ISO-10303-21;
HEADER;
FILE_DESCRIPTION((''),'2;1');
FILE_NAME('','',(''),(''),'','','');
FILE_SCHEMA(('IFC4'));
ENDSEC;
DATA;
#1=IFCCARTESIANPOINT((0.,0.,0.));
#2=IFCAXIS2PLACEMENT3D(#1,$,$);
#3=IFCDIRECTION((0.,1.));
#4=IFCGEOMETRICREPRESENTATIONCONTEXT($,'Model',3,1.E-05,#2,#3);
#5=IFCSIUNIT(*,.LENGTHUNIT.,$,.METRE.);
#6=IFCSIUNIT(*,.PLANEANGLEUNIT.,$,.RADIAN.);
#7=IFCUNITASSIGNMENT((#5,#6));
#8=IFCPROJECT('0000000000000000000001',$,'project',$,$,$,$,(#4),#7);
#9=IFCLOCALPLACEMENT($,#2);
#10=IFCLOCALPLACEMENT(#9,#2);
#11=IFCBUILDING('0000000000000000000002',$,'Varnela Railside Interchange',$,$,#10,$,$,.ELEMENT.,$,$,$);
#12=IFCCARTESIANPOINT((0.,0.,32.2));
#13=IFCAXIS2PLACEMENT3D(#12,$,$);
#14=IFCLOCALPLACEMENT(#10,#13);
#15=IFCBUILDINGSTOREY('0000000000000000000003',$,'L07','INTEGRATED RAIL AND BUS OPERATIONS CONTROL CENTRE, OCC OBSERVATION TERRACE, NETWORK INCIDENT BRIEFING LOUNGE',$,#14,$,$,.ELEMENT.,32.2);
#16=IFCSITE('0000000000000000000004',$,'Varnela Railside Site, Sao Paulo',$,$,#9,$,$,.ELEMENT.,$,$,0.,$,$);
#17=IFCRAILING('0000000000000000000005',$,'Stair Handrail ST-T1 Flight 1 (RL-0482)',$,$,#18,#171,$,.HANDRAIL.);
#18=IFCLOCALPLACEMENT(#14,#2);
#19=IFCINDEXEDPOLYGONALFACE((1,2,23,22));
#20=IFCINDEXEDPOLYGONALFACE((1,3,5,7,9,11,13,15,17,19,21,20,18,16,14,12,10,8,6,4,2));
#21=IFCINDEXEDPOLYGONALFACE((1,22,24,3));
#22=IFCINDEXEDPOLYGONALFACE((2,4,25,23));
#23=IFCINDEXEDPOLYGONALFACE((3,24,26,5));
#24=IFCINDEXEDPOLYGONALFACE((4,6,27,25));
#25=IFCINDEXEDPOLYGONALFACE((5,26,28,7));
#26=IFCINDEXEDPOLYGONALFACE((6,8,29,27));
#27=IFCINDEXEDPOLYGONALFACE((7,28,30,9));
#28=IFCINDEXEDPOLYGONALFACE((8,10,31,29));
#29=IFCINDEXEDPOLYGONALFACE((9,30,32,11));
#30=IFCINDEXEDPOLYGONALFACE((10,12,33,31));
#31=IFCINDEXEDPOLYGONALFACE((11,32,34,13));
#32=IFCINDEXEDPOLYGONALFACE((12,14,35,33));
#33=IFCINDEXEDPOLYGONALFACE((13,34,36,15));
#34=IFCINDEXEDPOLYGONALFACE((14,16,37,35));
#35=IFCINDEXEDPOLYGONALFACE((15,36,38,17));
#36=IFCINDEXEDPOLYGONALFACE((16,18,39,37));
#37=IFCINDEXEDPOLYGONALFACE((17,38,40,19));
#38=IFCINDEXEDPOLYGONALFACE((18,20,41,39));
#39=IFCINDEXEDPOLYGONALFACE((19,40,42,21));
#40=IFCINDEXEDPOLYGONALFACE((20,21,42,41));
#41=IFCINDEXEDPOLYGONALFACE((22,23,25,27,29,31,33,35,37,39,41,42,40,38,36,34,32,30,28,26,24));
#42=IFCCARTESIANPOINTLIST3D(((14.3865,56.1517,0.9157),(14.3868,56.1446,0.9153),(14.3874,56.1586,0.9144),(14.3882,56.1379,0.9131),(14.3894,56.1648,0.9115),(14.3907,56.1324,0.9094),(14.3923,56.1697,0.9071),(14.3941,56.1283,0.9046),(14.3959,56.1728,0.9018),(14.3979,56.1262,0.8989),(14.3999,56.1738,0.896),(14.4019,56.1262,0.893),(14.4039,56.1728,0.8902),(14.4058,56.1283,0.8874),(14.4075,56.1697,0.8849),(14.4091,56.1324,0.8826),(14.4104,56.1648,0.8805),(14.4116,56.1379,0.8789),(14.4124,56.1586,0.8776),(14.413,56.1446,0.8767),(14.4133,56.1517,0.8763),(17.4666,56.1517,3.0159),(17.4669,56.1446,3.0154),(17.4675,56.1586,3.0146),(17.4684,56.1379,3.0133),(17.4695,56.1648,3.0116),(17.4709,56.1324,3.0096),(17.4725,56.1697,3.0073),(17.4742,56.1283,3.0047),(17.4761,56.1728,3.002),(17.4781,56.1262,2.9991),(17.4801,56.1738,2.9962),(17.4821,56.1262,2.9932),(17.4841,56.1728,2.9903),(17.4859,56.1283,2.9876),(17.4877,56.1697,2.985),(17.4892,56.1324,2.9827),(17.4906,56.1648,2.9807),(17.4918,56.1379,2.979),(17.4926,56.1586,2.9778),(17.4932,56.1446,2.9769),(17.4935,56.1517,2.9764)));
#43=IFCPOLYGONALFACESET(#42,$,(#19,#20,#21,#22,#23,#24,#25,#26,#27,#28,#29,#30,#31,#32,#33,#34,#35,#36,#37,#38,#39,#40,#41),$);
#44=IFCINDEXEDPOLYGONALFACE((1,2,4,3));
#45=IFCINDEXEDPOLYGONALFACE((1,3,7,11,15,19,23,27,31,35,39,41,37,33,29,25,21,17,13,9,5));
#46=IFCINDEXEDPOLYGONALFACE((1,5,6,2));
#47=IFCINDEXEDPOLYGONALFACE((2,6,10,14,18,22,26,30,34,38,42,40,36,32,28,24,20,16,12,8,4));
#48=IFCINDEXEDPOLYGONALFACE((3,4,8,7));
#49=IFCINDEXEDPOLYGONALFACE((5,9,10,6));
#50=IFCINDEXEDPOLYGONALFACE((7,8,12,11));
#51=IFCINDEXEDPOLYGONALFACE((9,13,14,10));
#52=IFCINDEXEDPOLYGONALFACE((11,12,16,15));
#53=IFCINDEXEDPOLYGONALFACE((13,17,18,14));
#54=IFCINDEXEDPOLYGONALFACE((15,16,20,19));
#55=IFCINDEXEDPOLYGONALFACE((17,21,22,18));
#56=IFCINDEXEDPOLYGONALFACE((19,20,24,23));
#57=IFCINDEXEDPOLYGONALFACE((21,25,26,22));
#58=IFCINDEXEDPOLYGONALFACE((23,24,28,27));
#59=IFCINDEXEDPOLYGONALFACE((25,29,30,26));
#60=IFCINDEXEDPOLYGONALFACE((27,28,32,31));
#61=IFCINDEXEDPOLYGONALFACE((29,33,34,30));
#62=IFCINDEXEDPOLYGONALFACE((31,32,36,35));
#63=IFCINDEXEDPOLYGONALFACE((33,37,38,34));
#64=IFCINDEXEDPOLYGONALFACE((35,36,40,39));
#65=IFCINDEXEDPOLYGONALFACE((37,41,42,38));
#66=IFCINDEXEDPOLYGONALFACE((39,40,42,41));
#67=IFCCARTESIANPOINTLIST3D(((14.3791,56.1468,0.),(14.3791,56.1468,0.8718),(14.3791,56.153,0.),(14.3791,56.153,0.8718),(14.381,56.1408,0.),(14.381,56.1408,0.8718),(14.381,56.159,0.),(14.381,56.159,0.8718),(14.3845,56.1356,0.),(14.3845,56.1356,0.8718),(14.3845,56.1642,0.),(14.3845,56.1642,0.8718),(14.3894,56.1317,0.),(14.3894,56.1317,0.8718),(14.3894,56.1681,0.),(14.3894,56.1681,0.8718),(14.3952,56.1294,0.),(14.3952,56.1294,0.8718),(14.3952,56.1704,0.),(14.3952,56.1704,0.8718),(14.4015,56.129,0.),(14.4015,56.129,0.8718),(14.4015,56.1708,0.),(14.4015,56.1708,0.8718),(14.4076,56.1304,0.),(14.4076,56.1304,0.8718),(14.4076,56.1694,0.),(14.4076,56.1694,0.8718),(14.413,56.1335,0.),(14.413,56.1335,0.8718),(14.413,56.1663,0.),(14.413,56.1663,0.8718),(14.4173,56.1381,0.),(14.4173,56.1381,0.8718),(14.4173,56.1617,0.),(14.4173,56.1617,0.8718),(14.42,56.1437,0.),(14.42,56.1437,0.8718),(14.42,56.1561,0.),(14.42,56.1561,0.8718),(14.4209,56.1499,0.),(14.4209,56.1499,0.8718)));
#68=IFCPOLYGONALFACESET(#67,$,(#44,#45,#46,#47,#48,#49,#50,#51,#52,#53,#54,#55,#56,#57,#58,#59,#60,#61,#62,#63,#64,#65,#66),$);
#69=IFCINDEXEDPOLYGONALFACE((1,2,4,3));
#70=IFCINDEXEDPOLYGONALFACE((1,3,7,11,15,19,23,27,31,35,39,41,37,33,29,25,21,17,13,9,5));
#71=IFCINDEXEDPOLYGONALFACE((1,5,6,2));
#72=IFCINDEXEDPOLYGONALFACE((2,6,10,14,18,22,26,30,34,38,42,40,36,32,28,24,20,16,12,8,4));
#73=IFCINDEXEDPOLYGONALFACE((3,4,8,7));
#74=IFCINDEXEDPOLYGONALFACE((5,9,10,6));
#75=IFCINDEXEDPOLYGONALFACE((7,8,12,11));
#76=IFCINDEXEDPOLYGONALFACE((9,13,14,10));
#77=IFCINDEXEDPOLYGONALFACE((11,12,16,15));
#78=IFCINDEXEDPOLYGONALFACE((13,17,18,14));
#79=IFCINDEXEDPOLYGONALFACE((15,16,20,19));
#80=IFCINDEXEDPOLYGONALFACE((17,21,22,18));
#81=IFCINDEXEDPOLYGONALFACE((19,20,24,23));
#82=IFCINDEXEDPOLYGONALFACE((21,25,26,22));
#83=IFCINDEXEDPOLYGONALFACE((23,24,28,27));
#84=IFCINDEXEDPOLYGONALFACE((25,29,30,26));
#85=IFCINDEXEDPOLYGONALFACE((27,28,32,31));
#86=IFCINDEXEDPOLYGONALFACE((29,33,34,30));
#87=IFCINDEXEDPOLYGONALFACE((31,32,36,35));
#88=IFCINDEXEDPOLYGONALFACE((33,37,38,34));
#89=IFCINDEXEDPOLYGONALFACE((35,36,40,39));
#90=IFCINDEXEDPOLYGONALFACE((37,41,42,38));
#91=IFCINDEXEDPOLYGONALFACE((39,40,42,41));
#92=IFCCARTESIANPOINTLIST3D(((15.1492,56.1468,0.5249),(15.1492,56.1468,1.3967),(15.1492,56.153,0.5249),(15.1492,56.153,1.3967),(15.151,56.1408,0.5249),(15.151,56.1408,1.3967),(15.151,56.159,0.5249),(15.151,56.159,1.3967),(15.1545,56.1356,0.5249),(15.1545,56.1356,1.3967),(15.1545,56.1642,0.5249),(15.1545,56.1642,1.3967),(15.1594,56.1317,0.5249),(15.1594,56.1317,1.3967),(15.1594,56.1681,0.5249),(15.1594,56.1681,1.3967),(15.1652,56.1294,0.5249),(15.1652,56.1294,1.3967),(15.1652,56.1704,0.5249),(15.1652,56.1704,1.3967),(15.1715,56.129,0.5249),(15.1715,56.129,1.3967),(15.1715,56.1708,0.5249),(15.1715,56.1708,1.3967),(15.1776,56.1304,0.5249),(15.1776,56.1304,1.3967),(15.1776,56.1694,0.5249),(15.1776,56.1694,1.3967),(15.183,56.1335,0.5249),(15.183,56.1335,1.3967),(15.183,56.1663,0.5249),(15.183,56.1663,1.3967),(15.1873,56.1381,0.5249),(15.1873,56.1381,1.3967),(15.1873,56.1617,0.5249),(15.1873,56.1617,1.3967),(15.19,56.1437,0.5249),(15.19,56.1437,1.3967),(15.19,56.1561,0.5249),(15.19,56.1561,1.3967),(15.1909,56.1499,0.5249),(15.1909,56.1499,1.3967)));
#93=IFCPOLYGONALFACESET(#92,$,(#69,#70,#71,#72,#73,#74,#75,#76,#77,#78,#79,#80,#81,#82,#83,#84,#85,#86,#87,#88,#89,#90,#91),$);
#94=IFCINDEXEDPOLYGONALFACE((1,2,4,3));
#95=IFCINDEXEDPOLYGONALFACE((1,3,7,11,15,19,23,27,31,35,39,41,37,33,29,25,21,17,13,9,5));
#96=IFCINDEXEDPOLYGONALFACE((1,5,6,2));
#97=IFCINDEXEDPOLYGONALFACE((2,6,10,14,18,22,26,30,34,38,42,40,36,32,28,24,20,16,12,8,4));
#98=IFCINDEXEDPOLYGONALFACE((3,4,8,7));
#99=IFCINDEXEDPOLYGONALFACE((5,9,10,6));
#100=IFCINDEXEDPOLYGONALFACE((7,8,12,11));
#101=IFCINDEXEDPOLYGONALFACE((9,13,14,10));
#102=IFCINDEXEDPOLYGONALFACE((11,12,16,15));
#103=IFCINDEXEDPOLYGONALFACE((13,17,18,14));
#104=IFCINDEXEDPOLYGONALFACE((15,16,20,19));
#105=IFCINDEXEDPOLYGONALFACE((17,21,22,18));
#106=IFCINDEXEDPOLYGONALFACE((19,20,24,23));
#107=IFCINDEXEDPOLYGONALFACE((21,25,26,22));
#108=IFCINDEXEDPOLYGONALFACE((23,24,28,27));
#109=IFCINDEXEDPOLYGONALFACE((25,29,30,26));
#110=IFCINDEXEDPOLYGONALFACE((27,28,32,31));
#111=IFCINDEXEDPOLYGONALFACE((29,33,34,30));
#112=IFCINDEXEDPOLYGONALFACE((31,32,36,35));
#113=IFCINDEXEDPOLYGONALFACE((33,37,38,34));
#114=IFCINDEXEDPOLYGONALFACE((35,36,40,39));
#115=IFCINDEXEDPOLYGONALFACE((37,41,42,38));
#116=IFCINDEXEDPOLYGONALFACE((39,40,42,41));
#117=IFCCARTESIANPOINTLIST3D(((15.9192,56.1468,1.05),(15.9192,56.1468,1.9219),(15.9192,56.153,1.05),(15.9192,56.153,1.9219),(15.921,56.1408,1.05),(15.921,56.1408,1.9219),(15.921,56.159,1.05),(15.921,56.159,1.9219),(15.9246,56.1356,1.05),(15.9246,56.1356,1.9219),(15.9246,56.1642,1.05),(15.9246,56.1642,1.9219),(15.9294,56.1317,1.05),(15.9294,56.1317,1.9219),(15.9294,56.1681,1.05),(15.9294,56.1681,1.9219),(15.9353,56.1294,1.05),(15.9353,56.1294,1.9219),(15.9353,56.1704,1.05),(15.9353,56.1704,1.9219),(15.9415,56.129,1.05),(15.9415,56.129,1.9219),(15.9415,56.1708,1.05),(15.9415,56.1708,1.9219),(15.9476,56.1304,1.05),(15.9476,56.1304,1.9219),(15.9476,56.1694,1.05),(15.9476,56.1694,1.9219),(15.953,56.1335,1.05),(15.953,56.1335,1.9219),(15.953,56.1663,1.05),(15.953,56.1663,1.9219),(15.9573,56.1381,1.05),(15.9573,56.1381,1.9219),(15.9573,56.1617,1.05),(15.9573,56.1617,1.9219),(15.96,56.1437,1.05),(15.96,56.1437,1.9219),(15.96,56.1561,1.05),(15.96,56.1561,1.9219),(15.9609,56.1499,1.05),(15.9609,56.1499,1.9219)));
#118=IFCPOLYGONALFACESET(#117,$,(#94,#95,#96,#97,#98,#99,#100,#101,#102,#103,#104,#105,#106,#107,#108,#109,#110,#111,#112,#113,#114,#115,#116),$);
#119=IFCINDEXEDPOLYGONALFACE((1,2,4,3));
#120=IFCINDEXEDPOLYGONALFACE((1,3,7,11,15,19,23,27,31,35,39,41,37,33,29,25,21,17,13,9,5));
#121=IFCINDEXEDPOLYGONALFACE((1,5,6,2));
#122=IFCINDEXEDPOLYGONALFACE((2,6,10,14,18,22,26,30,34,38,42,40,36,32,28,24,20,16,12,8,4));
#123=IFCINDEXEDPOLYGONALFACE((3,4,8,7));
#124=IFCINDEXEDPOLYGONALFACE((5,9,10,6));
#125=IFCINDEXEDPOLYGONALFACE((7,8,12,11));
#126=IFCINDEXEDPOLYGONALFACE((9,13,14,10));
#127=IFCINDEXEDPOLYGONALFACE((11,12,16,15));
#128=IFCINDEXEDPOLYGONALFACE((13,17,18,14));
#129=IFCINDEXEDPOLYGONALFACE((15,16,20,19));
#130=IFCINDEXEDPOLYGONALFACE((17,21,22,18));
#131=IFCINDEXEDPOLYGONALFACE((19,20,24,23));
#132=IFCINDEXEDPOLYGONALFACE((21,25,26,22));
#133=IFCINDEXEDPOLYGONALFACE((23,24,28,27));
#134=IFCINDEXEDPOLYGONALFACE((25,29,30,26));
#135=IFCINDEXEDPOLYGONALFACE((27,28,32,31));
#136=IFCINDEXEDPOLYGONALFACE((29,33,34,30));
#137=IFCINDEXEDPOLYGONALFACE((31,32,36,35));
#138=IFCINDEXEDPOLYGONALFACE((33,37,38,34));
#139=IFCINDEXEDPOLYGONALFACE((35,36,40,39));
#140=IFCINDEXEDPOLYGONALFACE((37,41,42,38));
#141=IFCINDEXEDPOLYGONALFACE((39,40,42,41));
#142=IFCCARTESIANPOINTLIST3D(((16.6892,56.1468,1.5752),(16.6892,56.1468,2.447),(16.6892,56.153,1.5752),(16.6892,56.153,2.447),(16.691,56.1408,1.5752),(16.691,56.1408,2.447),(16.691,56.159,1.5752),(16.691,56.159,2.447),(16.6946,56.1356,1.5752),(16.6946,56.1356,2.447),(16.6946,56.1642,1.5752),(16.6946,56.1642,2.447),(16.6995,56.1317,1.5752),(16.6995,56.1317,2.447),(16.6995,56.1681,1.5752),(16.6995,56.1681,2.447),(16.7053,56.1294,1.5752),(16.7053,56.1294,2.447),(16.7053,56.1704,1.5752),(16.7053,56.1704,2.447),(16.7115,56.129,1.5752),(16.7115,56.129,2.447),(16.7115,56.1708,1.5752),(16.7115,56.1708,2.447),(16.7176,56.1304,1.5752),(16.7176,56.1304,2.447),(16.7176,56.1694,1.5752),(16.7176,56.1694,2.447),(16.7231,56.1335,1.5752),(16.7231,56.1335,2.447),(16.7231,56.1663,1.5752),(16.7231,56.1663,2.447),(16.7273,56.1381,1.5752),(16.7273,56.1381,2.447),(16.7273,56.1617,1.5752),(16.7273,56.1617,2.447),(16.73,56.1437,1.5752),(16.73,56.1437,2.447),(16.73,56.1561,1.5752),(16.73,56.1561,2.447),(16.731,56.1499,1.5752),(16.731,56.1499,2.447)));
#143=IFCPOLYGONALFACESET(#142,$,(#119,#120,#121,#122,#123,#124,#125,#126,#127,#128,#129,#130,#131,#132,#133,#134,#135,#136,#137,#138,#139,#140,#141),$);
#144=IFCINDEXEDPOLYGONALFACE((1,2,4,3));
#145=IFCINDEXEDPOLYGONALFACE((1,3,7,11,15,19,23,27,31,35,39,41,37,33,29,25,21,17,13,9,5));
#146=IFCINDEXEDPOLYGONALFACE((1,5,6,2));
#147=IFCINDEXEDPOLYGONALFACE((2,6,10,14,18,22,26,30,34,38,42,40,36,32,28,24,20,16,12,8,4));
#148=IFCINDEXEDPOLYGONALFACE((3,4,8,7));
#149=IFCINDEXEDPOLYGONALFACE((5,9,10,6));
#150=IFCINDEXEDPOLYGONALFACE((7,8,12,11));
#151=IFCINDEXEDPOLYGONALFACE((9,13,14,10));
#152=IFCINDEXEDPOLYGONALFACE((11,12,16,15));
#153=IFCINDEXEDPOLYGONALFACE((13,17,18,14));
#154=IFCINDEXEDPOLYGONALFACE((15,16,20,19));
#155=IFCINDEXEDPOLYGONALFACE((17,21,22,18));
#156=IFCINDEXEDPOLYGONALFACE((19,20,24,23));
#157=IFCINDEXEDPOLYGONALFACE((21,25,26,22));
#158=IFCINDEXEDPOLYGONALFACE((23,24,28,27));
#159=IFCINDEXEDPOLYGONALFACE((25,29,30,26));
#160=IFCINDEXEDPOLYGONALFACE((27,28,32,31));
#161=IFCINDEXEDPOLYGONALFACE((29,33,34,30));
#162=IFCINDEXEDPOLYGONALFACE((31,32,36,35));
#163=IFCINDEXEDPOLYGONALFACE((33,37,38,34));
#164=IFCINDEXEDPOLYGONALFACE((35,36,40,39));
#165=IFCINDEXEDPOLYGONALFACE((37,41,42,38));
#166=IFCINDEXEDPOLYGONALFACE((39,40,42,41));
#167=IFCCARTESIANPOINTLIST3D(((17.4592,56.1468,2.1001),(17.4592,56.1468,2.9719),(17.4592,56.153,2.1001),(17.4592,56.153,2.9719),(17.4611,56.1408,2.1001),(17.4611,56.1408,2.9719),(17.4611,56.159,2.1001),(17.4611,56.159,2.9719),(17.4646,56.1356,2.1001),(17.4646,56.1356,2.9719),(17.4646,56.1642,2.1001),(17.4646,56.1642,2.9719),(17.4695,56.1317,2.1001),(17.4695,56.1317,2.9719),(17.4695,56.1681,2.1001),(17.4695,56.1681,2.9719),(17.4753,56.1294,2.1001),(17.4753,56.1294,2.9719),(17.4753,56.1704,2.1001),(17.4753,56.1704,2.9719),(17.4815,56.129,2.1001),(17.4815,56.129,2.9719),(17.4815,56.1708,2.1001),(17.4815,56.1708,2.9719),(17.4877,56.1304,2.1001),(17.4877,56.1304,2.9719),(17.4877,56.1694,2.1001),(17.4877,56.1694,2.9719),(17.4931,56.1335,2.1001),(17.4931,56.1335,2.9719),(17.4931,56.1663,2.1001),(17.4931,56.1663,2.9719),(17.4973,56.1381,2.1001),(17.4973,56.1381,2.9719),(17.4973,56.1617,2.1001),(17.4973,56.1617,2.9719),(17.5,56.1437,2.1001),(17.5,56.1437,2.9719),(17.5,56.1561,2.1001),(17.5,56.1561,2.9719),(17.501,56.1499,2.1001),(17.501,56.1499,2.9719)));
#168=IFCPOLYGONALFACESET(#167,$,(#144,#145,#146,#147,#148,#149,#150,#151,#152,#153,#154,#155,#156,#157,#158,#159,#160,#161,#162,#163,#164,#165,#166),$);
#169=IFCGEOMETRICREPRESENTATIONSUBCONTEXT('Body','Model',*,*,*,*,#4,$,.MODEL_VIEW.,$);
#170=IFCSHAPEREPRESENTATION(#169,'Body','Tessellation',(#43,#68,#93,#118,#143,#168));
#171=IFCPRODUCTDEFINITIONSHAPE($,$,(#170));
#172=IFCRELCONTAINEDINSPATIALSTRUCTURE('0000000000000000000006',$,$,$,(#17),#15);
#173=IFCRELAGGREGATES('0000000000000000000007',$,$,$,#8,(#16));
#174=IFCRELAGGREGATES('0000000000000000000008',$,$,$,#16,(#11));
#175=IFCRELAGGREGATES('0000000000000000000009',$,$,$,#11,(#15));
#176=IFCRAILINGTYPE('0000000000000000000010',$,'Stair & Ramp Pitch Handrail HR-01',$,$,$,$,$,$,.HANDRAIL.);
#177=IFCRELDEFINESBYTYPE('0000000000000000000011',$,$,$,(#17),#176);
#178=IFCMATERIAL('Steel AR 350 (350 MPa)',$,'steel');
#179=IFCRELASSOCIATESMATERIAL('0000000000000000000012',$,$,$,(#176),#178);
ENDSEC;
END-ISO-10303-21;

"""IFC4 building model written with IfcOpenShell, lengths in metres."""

from ifc_helpers import new_model, si_unit, direction, frame, origin, origin_2d, place, context, subcontext, project, spatial, circle, extrude, material, type_object, element, save


model = new_model("IFC4")

# Units and contexts
model_context = context("Model", 3, precision=1e-05, world=origin(), true_north=direction((0.0, 1.0)))
body_context = subcontext(model_context, "Body", "Model", "MODEL_VIEW")
ifc_project = project(units=[si_unit("LENGTHUNIT", "METRE"), si_unit("PLANEANGLEUNIT", "RADIAN")], contexts=[model_context])

# Site, building, storey
site_placement = place(None, origin())
site = spatial("IfcSite", under=ifc_project, at=site_placement, Name="Varnela Railside Site, Sao Paulo", CompositionType="ELEMENT", RefElevation=0.0)
building_placement = place(site_placement, origin())
building = spatial("IfcBuilding", under=site, at=building_placement, Name="Varnela Railside Interchange", CompositionType="ELEMENT")
storey_placement = place(building_placement, frame((0.0, 0.0, 32.2)))
storey = spatial("IfcBuildingStorey", under=building, at=storey_placement, Name="L07", Description="INTEGRATED RAIL AND BUS OPERATIONS CONTROL CENTRE, OCC OBSERVATION TERRACE, NETWORK INCIDENT BRIEFING LOUNGE", CompositionType="ELEMENT", Elevation=32.2)

# Shared definitions
ifc_material_1 = material(Name="Steel AR 350 (350 MPa)", Category="steel")

# Railing
railing_type_1 = type_object("IfcRailingType", Name="Stair & Ramp Pitch Handrail HR-01", PredefinedType="HANDRAIL", material=ifc_material_1)
railing_1_placement = place(storey_placement, frame((14.3999, 56.1499, 0.0)))
element("IfcRailing", 1, at=railing_1_placement, inside=storey, type_object=railing_type_1, Name="Stair Handrail ST-T1 Flight 1 (RL-0482)", PredefinedType="HANDRAIL", context=body_context, shape_type="SweptSolid", body=[
    extrude(circle(Radius=0.0239, at=origin_2d()), frame((0.0, 0.0, 0.896), z_axis=(0.826222, 0.0, 0.563345), x_axis=(0.0, 1.0, 0.0)), (0.0, 0.0, 1.0), 3.728),
    extrude(circle(Radius=0.021, at=origin_2d()), origin(), (0.0, 0.0, 1.0), 0.8718),
    extrude(circle(Radius=0.021, at=origin_2d()), frame((0.77, 0.0, 0.5249)), (0.0, 0.0, 1.0), 0.8718),
    extrude(circle(Radius=0.021, at=origin_2d()), frame((1.54, 0.0, 1.05)), (0.0, 0.0, 1.0), 0.8718),
    extrude(circle(Radius=0.021, at=origin_2d()), frame((2.3101, 0.0, 1.5752)), (0.0, 0.0, 1.0), 0.8718),
    extrude(circle(Radius=0.021, at=origin_2d()), frame((3.0801, 0.0, 2.1001)), (0.0, 0.0, 1.0), 0.8718),
])

save(model, "model.ifc")
